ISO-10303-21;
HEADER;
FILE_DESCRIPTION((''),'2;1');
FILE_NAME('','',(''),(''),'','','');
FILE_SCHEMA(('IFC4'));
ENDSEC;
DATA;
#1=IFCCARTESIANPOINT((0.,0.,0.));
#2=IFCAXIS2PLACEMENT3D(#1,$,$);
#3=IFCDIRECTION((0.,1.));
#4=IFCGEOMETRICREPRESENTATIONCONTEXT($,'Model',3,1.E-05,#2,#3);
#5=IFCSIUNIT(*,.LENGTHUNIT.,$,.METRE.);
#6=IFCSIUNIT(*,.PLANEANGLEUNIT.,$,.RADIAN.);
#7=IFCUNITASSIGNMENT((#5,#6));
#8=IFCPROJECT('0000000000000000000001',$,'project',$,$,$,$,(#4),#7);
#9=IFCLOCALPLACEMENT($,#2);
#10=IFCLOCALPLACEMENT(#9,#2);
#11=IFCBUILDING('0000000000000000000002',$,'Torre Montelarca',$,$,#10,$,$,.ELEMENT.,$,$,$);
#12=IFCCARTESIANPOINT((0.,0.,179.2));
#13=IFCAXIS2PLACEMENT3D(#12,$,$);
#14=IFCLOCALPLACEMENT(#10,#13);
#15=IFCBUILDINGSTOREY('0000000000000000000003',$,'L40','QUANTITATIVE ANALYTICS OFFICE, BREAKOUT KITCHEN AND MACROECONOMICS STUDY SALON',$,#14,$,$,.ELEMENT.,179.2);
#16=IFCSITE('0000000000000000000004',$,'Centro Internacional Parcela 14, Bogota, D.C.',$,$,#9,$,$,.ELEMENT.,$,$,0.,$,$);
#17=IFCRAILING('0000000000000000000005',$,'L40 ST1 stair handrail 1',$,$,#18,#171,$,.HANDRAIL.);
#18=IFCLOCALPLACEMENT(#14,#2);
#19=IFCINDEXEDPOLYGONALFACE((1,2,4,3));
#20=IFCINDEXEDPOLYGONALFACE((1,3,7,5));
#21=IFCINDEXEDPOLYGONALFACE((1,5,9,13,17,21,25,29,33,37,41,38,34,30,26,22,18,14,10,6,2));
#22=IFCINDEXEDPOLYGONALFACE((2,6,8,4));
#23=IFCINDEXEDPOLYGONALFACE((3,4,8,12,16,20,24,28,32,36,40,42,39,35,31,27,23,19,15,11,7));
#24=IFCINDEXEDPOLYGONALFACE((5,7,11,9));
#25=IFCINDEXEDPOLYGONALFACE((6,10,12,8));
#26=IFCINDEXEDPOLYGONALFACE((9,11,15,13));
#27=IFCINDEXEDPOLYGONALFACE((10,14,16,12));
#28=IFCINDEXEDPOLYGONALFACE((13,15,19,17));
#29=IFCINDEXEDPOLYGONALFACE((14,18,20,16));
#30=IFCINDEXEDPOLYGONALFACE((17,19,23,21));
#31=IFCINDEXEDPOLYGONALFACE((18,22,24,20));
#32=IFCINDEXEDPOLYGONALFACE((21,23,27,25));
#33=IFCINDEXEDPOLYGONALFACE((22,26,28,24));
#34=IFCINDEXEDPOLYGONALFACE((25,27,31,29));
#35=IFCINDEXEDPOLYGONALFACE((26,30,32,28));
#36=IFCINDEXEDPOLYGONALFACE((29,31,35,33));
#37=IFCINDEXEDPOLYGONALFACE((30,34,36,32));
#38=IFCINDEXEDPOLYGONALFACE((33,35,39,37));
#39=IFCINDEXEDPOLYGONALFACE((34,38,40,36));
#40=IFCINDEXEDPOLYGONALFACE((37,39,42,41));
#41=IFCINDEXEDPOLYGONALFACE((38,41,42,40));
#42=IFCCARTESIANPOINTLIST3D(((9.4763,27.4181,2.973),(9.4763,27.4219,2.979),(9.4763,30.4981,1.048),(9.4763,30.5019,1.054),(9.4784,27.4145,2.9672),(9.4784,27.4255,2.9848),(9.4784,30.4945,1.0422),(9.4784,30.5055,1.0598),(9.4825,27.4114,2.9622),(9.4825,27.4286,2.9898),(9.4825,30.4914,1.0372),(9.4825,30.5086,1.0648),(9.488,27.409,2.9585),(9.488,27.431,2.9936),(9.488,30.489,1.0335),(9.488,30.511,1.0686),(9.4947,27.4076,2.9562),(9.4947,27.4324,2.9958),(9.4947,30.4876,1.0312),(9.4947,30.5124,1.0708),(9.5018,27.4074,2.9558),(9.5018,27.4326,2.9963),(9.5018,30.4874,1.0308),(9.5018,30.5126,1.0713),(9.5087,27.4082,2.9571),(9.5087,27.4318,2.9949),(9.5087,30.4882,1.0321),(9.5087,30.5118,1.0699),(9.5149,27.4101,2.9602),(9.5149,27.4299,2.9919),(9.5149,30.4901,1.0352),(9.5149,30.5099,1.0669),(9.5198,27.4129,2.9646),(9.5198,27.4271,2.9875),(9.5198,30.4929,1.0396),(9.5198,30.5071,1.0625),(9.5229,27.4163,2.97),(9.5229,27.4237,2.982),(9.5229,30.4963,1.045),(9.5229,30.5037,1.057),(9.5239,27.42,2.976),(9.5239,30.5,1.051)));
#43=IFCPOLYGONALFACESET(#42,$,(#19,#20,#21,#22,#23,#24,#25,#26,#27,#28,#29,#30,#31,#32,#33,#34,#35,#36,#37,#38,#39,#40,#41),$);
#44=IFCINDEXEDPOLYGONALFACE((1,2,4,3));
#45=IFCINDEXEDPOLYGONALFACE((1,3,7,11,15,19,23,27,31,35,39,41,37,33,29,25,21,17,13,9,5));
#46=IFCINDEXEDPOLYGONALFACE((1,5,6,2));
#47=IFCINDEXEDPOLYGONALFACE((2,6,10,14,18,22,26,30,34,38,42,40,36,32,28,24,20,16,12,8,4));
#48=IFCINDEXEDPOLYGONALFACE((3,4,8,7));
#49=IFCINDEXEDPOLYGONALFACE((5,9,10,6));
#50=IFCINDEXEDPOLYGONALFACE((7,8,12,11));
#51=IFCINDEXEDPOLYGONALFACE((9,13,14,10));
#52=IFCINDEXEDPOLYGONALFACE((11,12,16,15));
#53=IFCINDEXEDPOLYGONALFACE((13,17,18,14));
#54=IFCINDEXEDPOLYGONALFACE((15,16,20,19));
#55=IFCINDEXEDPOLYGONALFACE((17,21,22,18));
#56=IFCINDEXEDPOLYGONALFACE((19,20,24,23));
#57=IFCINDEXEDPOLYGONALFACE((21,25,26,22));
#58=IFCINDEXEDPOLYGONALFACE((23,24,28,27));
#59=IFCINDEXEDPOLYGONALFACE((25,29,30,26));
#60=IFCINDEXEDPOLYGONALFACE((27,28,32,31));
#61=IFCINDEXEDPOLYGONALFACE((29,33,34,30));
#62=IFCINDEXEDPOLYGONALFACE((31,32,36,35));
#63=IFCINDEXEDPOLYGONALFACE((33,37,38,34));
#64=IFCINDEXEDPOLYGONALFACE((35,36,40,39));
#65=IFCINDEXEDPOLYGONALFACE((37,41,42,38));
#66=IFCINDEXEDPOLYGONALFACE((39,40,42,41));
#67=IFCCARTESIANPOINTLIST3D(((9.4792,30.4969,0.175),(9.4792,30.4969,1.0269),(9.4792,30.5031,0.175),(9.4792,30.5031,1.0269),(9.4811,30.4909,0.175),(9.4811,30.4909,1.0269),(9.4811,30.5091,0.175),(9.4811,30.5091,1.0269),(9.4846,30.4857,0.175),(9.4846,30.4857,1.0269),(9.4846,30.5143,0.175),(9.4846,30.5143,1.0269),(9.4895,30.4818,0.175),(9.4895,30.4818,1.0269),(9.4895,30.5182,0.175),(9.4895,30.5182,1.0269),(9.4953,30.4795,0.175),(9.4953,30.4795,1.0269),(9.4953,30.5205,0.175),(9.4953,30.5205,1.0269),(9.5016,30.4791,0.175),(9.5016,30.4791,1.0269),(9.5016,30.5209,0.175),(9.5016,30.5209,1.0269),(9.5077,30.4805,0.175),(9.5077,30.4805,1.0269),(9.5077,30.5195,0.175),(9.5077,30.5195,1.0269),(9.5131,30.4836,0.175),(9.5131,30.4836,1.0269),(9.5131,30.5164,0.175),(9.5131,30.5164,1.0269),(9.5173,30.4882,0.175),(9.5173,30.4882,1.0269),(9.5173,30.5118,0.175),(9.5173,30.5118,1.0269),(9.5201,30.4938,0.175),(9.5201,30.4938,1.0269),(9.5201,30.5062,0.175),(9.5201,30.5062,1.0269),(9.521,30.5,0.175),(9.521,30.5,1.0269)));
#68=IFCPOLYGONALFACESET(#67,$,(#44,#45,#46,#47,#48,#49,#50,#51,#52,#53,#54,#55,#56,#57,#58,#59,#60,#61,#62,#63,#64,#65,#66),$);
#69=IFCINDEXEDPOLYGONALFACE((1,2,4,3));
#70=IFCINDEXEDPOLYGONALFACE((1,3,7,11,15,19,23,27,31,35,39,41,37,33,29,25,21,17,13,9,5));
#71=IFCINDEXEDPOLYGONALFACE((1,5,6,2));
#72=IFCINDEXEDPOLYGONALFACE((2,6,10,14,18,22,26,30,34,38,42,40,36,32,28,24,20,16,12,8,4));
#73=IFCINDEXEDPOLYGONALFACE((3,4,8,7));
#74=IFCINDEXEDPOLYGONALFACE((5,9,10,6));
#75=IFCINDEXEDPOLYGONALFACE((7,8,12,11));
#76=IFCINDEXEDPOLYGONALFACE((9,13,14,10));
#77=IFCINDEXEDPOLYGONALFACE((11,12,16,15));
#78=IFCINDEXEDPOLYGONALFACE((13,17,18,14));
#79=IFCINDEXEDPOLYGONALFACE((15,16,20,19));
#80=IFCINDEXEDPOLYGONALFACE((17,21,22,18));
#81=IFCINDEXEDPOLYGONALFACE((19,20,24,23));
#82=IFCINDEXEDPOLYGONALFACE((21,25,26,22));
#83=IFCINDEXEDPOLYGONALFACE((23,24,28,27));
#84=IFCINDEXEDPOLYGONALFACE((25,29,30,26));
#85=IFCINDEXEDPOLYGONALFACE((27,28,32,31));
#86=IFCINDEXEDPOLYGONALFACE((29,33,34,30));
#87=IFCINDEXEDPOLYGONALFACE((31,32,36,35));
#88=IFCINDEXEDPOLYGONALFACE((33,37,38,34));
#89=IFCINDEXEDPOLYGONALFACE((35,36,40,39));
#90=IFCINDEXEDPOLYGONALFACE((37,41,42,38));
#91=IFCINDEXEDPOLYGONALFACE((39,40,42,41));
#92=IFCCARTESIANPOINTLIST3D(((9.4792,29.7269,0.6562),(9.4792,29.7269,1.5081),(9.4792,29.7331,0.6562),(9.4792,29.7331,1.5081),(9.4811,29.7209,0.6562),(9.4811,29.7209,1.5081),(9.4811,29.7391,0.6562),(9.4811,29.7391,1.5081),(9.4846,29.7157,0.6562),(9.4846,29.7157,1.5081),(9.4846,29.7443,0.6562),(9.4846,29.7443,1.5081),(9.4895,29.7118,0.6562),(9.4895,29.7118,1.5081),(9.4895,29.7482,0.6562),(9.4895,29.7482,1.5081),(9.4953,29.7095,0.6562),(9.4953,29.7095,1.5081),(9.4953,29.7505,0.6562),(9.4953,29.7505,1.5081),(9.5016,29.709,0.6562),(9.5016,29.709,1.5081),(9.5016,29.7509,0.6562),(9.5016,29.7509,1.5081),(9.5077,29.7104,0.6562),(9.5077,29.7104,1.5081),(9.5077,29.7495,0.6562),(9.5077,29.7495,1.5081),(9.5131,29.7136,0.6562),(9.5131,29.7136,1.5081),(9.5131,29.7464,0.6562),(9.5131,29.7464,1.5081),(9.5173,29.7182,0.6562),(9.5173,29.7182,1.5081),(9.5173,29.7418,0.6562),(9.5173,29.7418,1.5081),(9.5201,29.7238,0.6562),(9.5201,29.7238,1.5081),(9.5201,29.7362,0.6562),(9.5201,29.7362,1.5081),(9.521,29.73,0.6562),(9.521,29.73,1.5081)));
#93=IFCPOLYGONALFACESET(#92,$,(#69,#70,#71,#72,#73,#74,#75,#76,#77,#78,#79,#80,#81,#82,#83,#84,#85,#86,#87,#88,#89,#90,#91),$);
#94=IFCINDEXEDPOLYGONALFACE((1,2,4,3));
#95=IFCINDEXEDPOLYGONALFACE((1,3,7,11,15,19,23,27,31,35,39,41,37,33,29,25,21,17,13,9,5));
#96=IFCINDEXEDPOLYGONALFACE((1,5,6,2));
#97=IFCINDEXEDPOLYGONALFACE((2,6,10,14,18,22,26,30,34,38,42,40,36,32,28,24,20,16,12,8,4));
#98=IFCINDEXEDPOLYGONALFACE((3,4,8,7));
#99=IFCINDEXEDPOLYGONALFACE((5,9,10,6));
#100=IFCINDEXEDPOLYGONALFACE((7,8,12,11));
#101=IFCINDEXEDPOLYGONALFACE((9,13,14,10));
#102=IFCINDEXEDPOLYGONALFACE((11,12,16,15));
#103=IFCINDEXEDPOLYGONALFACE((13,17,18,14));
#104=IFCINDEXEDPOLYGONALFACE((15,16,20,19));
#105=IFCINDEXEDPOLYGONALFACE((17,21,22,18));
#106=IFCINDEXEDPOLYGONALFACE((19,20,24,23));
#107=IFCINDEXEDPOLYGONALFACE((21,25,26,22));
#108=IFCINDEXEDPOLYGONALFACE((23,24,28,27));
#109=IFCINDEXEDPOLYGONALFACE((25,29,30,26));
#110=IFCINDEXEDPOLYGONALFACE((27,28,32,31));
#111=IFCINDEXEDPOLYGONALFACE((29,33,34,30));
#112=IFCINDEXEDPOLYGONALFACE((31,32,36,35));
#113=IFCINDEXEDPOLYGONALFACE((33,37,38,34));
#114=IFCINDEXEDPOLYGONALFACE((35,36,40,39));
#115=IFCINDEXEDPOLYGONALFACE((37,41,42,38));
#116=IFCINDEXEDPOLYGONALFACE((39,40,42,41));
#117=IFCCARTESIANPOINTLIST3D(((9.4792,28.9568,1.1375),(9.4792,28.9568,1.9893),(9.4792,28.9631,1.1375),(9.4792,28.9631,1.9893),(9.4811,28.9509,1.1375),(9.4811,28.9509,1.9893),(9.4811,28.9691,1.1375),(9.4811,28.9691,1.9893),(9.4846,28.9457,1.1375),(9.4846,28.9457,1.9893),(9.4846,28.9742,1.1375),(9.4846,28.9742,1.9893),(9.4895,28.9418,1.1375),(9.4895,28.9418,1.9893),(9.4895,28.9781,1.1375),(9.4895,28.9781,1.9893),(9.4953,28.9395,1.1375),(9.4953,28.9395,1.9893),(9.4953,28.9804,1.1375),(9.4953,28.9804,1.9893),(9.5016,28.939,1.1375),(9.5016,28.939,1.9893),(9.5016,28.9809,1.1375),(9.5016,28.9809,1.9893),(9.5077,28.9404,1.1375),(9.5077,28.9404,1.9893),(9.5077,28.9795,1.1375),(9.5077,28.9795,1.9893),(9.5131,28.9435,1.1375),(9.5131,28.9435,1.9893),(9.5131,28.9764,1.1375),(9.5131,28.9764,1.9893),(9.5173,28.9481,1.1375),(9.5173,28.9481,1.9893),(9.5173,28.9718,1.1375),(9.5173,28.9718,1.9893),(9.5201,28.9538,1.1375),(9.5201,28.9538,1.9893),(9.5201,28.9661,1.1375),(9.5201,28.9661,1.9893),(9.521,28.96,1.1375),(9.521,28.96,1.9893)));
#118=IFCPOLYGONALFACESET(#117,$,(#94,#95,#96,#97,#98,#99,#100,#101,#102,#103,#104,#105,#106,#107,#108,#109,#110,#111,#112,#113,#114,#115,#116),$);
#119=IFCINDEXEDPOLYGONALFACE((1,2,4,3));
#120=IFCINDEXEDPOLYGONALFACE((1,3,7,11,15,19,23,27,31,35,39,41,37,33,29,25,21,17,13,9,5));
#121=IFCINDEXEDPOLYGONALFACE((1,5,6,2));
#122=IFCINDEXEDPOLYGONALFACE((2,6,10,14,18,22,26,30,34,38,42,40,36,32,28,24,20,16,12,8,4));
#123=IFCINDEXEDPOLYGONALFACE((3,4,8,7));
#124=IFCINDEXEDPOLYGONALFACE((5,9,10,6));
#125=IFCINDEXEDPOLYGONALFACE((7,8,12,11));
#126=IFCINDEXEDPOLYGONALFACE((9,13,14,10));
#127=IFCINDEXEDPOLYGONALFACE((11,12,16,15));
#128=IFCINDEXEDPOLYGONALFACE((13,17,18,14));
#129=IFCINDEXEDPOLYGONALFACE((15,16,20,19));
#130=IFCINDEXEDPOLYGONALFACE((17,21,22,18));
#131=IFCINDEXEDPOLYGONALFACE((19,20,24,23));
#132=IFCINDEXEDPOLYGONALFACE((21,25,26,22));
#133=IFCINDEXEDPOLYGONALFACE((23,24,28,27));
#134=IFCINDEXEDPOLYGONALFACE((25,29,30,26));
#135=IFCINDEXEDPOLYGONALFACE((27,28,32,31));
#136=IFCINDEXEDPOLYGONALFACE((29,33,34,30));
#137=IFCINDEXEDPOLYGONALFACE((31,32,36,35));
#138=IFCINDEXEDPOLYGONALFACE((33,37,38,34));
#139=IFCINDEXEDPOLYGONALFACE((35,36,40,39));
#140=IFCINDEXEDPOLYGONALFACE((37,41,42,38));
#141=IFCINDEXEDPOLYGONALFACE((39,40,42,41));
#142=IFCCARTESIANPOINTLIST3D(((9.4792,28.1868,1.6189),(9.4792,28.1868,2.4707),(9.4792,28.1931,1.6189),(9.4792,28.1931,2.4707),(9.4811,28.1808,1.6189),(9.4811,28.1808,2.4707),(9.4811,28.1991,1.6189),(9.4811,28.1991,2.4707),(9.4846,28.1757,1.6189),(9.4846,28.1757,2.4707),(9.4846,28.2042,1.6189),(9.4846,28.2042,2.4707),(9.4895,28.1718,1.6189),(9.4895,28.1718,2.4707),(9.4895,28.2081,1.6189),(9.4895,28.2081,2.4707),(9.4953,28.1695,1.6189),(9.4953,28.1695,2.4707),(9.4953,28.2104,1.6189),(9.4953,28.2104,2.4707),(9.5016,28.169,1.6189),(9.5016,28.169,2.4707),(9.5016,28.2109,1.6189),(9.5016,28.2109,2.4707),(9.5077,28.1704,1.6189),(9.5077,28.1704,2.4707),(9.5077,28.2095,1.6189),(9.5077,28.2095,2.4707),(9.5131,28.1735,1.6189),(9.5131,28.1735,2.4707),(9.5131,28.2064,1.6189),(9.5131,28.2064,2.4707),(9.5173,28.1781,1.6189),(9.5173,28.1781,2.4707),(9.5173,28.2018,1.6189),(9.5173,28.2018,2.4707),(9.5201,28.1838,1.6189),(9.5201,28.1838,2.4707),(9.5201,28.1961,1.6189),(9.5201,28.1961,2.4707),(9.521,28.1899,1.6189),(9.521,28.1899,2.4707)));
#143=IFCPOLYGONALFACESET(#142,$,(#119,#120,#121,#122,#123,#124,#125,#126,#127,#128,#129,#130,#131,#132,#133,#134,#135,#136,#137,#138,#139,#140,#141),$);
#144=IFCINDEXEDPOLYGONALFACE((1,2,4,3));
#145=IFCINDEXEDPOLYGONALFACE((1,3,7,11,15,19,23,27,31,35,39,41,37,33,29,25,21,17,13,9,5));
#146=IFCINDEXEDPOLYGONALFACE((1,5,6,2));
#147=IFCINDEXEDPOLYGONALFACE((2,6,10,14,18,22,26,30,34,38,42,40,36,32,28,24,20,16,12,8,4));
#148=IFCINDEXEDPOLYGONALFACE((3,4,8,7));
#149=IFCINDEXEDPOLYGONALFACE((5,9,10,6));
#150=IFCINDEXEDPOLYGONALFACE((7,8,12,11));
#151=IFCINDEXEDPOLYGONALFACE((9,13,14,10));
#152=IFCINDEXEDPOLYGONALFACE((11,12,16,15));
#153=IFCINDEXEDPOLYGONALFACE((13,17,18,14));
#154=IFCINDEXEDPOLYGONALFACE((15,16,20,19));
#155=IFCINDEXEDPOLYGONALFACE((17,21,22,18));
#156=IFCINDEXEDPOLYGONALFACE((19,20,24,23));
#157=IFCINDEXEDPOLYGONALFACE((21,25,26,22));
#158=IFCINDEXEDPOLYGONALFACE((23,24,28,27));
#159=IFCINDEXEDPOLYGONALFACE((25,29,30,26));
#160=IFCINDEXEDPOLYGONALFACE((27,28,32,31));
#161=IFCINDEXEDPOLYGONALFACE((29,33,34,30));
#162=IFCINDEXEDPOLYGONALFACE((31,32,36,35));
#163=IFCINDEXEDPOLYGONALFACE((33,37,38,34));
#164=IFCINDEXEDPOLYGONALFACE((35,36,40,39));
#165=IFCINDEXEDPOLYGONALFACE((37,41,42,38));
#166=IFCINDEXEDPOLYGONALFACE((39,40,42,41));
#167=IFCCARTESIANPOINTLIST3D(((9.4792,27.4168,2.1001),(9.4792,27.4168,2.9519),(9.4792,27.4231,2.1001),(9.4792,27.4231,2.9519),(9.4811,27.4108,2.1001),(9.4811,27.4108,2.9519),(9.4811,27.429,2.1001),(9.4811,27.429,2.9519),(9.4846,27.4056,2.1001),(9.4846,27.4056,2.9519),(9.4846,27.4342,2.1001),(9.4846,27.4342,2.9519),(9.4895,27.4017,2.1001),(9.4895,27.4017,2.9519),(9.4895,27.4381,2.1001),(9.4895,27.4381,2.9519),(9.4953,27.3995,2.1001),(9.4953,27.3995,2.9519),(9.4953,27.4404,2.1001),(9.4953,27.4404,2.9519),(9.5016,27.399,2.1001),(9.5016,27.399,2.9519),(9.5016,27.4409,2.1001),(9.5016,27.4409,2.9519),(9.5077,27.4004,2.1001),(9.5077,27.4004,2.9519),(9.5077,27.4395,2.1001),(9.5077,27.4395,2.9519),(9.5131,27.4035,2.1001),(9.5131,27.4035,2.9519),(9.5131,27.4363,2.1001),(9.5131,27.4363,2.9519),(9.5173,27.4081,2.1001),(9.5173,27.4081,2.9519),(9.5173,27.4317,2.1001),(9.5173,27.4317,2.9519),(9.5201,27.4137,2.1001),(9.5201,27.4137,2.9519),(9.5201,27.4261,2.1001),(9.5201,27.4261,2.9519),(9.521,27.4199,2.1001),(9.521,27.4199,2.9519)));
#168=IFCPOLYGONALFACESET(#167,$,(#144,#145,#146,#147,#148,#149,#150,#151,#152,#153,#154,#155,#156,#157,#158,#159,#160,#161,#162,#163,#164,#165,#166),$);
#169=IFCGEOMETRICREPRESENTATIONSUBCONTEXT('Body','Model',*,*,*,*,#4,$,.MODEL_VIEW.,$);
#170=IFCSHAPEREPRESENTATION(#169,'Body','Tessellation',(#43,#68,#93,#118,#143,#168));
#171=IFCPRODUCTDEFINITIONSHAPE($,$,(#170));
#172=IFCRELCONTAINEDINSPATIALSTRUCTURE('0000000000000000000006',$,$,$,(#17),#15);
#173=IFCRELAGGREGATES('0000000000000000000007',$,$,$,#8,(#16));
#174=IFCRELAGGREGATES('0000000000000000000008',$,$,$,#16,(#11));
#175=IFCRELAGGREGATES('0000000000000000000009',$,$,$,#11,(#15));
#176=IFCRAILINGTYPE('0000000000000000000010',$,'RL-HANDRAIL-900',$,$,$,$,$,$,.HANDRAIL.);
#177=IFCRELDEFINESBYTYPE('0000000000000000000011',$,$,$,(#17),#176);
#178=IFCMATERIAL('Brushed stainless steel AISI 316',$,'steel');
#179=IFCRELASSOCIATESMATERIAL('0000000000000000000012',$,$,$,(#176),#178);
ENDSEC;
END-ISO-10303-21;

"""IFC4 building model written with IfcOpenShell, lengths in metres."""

from ifc_helpers import new_model, si_unit, direction, frame, origin, origin_2d, place, context, subcontext, project, spatial, circle, extrude, material, type_object, element, save


model = new_model("IFC4")

# Units and contexts
model_context = context("Model", 3, precision=1e-05, world=origin(), true_north=direction((0.0, 1.0)))
body_context = subcontext(model_context, "Body", "Model", "MODEL_VIEW")
ifc_project = project(units=[si_unit("LENGTHUNIT", "METRE"), si_unit("PLANEANGLEUNIT", "RADIAN")], contexts=[model_context])

# Site, building, storey
site_placement = place(None, origin())
site = spatial("IfcSite", under=ifc_project, at=site_placement, Name="Centro Internacional Parcela 14, Bogota, D.C.", CompositionType="ELEMENT", RefElevation=0.0)
building_placement = place(site_placement, origin())
building = spatial("IfcBuilding", under=site, at=building_placement, Name="Torre Montelarca", CompositionType="ELEMENT")
storey_placement = place(building_placement, frame((0.0, 0.0, 179.2)))
storey = spatial("IfcBuildingStorey", under=building, at=storey_placement, Name="L40", Description="QUANTITATIVE ANALYTICS OFFICE, BREAKOUT KITCHEN AND MACROECONOMICS STUDY SALON", CompositionType="ELEMENT", Elevation=179.2)

# Shared definitions
ifc_material_1 = material(Name="Brushed stainless steel AISI 316", Category="steel")

# Railing
railing_type_1 = type_object("IfcRailingType", Name="RL-HANDRAIL-900", PredefinedType="HANDRAIL", material=ifc_material_1)
railing_1_placement = place(storey_placement, frame((9.5, 30.5, 0.175)))
element("IfcRailing", 1, at=railing_1_placement, inside=storey, type_object=railing_type_1, Name="L40 ST1 stair handrail 1", PredefinedType="HANDRAIL", context=body_context, shape_type="SweptSolid", body=[
    extrude(circle(Radius=0.0239, at=origin_2d()), frame((0.0, 0.0, 0.876), z_axis=(0.0, -0.847998, 0.529999), x_axis=(1.0, 0.0, 0.0)), (0.0, 0.0, 1.0), 3.6321),
    extrude(circle(Radius=0.021, at=origin_2d()), origin(), (0.0, 0.0, 1.0), 0.8518),
    extrude(circle(Radius=0.021, at=origin_2d()), frame((0.0, -0.77, 0.4812)), (0.0, 0.0, 1.0), 0.8518),
    extrude(circle(Radius=0.021, at=origin_2d()), frame((0.0, -1.54, 0.9624)), (0.0, 0.0, 1.0), 0.8518),
    extrude(circle(Radius=0.021, at=origin_2d()), frame((0.0, -2.3101, 1.4438)), (0.0, 0.0, 1.0), 0.8518),
    extrude(circle(Radius=0.021, at=origin_2d()), frame((0.0, -3.0801, 1.925)), (0.0, 0.0, 1.0), 0.8518),
])

save(model, "model.ifc")
